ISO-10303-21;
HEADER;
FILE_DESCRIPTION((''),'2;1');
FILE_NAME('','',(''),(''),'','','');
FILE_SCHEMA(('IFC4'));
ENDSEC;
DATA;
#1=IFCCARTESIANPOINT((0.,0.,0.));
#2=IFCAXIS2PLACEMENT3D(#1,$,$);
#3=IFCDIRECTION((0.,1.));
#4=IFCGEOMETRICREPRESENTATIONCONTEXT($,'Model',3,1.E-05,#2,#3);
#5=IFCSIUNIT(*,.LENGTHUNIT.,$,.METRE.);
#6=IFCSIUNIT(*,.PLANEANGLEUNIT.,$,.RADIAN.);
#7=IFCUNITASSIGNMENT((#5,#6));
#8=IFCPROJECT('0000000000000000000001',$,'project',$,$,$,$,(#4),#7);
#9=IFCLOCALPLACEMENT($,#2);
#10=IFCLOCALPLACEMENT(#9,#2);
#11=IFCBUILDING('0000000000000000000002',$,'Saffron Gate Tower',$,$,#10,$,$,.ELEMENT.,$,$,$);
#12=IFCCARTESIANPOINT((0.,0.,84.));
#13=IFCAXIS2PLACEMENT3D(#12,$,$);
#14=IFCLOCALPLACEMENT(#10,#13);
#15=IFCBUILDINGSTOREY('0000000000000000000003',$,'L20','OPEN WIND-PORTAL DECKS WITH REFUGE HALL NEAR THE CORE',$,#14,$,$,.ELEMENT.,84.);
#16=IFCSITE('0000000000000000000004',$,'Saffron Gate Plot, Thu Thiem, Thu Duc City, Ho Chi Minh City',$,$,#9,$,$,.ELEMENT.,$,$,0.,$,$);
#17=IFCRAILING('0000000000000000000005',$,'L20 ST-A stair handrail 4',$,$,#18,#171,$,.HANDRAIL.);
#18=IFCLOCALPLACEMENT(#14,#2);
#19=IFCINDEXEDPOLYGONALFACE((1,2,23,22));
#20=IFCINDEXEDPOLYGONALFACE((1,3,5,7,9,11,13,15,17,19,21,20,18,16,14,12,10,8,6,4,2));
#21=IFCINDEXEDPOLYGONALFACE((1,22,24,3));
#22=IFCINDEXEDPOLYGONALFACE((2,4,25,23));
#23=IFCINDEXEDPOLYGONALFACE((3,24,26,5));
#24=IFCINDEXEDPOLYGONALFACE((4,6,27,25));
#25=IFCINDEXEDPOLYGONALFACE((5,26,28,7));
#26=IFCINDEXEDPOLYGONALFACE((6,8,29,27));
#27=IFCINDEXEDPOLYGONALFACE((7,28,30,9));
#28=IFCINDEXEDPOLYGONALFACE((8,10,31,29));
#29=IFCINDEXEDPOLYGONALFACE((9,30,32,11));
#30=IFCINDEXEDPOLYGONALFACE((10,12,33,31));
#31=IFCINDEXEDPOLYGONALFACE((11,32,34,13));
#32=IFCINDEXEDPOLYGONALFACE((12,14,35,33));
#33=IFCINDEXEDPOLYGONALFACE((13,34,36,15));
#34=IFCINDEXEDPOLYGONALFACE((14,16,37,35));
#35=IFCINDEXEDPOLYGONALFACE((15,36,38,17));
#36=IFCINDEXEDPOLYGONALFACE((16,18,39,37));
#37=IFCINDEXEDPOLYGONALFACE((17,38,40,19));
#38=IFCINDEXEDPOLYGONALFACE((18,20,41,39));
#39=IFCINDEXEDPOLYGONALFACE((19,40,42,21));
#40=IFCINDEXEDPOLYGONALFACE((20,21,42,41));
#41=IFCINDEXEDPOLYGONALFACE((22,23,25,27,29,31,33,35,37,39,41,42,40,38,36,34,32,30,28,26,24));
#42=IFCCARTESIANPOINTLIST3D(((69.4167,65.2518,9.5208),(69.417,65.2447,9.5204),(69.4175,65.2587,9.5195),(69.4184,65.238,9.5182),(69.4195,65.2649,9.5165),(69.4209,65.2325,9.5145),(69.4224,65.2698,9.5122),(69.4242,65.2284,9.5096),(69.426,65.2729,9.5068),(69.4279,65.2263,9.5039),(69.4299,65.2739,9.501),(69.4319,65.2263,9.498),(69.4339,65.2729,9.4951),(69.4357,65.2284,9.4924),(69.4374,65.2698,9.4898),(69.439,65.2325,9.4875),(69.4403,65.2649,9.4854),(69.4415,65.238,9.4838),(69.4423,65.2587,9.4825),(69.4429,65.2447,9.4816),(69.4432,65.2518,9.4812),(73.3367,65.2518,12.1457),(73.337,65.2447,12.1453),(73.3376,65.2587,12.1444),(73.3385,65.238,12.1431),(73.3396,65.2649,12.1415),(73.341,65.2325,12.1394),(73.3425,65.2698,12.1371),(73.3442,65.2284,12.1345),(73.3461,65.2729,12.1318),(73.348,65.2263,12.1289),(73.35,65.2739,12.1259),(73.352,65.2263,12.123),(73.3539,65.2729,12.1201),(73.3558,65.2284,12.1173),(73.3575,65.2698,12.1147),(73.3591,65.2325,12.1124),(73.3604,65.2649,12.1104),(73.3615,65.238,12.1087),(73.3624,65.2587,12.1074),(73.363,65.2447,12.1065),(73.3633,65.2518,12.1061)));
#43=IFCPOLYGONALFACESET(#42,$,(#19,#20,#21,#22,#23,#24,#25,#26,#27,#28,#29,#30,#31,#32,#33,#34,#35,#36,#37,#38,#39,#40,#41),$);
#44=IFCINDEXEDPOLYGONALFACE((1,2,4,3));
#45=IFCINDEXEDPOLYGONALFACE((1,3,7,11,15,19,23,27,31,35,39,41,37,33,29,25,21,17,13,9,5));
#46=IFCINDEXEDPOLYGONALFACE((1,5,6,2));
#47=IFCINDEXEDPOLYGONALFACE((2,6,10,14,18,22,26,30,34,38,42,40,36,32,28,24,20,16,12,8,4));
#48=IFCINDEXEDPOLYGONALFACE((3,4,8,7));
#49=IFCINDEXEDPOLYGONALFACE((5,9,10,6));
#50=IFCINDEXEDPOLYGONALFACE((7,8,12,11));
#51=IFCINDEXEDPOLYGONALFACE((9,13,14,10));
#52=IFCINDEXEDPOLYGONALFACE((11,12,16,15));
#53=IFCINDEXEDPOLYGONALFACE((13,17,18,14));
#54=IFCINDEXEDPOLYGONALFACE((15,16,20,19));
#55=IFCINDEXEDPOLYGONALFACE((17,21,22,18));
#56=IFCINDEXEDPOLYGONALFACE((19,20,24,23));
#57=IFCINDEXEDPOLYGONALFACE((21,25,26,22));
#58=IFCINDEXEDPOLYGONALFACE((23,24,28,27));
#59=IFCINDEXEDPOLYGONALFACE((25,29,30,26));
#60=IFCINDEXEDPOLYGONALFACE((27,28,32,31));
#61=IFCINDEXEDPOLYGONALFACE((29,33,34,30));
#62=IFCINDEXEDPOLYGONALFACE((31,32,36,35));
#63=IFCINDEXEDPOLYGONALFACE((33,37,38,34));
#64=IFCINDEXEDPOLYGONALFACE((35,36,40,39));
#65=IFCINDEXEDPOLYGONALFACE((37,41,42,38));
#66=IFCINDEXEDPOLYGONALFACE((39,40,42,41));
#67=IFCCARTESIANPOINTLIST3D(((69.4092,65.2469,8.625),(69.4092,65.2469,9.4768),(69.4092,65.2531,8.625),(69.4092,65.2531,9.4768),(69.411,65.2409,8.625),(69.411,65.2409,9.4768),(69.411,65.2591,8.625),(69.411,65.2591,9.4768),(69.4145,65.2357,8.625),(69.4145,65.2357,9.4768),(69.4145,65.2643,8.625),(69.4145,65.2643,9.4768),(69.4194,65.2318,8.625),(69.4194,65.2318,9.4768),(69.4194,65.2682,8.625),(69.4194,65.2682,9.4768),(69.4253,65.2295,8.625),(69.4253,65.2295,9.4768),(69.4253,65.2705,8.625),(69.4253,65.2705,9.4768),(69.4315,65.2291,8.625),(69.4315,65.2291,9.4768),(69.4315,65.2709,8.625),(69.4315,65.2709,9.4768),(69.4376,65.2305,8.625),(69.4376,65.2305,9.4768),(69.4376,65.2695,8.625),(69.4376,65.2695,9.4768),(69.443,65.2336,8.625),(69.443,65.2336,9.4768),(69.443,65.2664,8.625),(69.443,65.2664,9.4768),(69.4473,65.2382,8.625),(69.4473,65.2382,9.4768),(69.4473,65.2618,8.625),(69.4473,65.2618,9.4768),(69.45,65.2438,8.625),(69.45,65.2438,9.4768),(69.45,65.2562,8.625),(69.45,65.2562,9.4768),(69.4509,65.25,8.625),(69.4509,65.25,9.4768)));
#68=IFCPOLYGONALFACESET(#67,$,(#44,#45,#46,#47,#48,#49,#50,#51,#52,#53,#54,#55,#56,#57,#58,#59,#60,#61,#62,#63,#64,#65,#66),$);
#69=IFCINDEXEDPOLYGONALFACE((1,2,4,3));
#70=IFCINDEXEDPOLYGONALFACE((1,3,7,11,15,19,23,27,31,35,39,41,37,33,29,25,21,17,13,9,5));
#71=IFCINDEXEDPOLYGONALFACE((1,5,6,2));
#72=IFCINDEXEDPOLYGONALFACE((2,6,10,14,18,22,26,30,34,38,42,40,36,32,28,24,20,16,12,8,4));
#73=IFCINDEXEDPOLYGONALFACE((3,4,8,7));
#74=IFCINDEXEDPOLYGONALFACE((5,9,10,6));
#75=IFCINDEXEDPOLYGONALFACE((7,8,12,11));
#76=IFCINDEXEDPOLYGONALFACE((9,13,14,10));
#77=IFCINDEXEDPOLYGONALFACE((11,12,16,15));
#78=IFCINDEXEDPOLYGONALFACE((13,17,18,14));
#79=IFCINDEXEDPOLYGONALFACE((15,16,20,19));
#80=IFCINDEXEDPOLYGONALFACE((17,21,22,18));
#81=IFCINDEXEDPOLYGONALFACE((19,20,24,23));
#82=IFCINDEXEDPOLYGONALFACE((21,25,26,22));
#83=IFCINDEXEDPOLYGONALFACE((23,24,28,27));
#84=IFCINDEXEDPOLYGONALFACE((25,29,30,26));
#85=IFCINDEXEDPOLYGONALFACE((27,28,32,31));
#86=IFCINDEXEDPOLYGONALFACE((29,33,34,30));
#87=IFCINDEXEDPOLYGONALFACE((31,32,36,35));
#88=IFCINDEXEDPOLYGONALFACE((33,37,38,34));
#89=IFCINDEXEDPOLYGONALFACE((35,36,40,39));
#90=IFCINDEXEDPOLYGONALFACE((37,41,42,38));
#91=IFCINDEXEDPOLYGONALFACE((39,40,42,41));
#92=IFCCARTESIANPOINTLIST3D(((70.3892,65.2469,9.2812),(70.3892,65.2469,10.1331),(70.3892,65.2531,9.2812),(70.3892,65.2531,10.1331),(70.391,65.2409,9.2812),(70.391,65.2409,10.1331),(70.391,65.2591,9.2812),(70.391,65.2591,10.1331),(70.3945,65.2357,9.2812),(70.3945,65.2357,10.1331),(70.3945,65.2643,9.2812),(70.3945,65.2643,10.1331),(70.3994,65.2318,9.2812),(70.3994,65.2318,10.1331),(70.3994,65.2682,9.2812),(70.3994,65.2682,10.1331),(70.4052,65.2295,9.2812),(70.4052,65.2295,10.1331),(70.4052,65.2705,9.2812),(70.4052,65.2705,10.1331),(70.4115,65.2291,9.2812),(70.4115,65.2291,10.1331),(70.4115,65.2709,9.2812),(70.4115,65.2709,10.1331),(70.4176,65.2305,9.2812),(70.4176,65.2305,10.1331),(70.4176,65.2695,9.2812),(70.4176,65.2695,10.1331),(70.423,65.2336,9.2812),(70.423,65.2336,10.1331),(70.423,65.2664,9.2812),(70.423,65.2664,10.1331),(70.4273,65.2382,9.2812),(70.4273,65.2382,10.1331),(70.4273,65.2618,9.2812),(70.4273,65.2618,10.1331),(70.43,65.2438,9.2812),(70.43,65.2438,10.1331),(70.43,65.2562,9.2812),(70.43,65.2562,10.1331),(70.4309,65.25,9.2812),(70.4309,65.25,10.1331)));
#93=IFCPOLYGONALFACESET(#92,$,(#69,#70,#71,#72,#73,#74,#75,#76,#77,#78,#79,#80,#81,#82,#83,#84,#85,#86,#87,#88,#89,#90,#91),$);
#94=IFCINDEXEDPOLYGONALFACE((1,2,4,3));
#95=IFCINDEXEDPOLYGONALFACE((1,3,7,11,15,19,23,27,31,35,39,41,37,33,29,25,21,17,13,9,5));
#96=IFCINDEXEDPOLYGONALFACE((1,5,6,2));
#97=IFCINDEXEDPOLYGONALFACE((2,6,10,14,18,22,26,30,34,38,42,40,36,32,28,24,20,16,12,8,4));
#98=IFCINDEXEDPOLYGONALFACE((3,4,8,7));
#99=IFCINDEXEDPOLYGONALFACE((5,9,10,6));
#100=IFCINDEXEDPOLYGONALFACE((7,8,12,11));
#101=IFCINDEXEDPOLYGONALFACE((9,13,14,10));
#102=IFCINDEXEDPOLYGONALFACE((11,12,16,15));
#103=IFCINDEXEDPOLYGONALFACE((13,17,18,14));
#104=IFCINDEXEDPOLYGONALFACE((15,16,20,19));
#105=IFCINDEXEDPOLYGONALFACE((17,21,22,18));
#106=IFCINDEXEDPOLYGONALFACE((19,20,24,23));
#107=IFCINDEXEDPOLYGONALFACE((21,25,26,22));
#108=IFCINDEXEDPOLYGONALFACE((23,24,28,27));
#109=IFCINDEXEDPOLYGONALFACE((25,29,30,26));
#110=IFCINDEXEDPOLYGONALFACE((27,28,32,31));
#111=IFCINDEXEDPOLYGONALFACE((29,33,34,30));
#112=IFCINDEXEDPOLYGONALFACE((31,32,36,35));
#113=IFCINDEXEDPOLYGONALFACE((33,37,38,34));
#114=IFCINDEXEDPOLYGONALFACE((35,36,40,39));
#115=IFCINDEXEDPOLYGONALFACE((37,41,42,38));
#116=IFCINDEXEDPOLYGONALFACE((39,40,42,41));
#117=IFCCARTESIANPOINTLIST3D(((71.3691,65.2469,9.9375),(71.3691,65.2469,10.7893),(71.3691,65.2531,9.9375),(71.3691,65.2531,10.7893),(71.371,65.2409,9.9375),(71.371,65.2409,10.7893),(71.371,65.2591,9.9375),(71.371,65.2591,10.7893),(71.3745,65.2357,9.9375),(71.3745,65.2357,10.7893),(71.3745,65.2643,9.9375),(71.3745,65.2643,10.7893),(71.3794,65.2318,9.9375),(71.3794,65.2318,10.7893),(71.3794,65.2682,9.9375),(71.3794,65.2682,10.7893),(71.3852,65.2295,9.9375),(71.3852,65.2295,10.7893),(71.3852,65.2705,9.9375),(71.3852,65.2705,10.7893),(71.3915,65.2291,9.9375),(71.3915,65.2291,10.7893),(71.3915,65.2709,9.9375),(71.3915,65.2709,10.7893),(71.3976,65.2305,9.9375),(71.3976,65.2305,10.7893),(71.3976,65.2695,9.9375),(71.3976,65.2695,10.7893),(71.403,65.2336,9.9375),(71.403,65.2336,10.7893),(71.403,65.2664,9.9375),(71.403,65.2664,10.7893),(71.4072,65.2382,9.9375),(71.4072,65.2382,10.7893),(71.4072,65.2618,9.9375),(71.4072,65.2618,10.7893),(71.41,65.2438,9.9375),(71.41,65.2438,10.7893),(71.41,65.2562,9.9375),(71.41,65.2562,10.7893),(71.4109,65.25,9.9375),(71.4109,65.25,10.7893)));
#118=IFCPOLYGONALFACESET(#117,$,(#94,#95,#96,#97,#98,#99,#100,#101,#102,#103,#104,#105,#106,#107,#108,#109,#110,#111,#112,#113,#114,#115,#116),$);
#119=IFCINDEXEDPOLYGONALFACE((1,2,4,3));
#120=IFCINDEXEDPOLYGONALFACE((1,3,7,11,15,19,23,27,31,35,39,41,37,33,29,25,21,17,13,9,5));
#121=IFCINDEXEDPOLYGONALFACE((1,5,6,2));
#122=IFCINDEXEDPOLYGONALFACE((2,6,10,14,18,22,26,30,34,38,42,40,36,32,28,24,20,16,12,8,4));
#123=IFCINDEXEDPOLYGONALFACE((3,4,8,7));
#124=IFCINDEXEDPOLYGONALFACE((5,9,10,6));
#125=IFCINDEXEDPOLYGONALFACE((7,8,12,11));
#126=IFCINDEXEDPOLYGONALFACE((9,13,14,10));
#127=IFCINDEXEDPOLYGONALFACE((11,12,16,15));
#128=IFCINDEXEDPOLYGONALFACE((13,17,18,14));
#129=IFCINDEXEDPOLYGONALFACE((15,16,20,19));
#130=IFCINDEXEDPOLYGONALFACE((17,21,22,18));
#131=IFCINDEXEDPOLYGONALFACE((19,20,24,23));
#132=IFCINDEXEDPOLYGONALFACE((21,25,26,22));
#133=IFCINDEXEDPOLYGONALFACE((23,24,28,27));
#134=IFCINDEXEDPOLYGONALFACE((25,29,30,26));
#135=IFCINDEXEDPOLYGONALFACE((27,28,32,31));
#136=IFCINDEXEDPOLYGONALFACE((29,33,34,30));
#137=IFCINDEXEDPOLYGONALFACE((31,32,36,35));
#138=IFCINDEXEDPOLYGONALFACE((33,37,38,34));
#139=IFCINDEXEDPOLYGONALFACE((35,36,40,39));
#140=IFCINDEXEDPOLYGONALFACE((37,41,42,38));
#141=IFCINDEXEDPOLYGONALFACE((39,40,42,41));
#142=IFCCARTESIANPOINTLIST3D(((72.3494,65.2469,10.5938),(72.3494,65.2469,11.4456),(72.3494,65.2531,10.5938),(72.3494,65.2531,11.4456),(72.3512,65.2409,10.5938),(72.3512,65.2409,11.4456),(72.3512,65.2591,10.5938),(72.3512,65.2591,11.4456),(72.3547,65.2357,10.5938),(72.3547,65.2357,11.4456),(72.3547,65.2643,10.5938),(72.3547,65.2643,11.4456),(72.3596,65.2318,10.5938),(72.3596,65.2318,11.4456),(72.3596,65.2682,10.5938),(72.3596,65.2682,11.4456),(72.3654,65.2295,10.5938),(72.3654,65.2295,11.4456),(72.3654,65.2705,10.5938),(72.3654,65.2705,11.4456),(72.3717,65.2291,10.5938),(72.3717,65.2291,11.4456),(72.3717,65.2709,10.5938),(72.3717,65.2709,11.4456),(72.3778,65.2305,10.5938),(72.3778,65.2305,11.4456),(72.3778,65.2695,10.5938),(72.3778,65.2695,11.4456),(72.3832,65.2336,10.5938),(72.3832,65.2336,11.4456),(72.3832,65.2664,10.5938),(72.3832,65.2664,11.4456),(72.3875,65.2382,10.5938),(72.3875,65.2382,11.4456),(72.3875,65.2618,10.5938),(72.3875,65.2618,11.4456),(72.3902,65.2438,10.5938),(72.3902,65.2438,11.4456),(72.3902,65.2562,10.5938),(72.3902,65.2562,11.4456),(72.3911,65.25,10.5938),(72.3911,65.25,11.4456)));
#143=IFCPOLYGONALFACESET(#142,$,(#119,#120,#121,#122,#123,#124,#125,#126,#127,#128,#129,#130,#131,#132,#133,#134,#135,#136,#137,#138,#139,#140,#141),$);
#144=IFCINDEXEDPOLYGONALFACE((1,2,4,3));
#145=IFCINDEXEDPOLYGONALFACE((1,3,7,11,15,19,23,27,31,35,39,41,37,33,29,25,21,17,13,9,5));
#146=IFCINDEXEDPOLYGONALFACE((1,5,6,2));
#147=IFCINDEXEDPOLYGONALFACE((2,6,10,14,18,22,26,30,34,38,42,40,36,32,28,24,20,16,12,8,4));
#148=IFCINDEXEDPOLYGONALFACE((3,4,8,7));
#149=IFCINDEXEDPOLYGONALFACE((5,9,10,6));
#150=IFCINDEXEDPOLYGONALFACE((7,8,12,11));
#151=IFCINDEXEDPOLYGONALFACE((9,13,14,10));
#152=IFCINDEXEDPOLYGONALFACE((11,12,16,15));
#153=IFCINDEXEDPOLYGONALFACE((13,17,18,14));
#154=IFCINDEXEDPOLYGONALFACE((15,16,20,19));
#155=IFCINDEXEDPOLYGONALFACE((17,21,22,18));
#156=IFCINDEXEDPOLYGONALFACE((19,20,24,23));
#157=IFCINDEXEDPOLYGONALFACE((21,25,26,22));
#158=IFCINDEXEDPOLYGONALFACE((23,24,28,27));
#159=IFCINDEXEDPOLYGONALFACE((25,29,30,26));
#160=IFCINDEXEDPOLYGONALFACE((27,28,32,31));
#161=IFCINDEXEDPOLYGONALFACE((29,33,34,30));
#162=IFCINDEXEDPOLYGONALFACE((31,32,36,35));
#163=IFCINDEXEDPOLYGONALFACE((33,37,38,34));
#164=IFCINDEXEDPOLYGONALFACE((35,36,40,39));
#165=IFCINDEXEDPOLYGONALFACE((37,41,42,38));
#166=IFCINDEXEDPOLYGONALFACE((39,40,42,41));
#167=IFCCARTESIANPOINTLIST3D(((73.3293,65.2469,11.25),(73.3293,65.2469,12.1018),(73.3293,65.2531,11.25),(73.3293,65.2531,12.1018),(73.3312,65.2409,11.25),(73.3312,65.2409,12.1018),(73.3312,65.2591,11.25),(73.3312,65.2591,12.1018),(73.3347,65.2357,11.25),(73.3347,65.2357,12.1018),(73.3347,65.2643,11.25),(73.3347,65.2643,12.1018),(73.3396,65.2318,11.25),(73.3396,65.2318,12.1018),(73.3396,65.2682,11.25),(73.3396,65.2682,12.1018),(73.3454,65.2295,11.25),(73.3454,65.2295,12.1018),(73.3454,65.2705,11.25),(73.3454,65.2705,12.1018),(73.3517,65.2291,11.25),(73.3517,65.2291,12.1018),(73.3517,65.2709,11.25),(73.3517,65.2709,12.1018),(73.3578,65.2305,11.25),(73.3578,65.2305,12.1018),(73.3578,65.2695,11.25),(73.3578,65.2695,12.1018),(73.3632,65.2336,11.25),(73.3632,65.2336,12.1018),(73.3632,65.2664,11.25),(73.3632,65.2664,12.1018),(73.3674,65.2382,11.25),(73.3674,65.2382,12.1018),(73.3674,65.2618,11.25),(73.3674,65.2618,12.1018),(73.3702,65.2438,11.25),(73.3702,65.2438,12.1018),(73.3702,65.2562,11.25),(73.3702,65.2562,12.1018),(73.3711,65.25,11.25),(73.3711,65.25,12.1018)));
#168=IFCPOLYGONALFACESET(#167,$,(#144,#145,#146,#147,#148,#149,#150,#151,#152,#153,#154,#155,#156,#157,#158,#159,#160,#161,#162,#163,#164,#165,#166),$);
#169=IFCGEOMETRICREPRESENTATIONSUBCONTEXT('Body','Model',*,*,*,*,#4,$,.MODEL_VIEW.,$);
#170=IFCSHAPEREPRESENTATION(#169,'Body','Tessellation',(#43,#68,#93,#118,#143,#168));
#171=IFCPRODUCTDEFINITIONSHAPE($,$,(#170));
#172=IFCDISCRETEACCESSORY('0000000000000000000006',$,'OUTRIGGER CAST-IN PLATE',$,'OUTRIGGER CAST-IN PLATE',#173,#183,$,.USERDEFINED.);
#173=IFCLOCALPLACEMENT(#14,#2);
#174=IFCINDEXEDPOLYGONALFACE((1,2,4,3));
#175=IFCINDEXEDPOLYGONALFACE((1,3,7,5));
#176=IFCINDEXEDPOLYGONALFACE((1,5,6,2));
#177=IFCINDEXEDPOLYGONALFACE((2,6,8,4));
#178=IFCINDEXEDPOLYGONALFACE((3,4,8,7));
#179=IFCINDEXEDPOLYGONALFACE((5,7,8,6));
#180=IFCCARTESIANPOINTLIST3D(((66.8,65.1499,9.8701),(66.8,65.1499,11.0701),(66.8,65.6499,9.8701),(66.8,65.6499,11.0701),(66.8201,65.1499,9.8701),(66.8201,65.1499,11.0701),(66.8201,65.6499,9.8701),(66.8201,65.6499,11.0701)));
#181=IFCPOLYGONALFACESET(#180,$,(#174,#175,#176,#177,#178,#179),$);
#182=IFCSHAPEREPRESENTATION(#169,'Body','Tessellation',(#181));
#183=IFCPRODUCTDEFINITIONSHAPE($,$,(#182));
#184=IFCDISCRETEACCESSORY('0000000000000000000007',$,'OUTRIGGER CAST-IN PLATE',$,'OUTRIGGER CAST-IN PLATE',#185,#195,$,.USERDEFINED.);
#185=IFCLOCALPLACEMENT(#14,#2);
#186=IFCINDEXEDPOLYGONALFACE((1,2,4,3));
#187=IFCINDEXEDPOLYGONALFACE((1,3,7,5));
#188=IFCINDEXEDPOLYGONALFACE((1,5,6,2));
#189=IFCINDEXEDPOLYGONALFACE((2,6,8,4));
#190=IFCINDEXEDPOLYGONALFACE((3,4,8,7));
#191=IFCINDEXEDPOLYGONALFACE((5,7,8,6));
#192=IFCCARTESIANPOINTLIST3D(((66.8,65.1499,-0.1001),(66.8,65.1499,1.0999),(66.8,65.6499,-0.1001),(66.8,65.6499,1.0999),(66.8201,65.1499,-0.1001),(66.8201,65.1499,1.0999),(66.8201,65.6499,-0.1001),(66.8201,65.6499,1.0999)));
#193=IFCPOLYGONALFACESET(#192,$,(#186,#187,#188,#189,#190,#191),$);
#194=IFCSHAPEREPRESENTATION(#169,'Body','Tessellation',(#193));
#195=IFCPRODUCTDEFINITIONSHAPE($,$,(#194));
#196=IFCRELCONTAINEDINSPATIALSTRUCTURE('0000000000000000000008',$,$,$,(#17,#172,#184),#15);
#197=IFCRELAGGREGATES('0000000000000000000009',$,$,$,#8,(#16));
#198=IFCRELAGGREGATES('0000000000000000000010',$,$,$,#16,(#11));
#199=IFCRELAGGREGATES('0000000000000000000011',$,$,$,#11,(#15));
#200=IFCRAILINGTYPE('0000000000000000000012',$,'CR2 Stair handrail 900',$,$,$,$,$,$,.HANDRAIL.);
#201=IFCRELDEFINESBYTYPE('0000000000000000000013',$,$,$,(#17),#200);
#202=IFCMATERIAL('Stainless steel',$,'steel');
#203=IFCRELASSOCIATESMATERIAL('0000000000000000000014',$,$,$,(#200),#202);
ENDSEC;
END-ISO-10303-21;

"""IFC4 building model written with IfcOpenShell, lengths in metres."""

from ifc_helpers import new_model, si_unit, direction, frame, origin, origin_2d, place, context, subcontext, project, spatial, rectangle, circle, extrude, material, type_object, element, save


model = new_model("IFC4")

# Units and contexts
model_context = context("Model", 3, precision=1e-05, world=origin(), true_north=direction((0.0, 1.0)))
body_context = subcontext(model_context, "Body", "Model", "MODEL_VIEW")
ifc_project = project(units=[si_unit("LENGTHUNIT", "METRE"), si_unit("PLANEANGLEUNIT", "RADIAN")], contexts=[model_context])

# Site, building, storey
site_placement = place(None, origin())
site = spatial("IfcSite", under=ifc_project, at=site_placement, Name="Saffron Gate Plot, Thu Thiem, Thu Duc City, Ho Chi Minh City", CompositionType="ELEMENT", RefElevation=0.0)
building_placement = place(site_placement, origin())
building = spatial("IfcBuilding", under=site, at=building_placement, Name="Saffron Gate Tower", CompositionType="ELEMENT")
storey_placement = place(building_placement, frame((0.0, 0.0, 84.0)))
storey = spatial("IfcBuildingStorey", under=building, at=storey_placement, Name="L20", Description="OPEN WIND-PORTAL DECKS WITH REFUGE HALL NEAR THE CORE", CompositionType="ELEMENT", Elevation=84.0)

# Railing
ifc_material_1 = material(Name="Stainless steel", Category="steel")
railing_type = type_object("IfcRailingType", Name="CR2 Stair handrail 900", PredefinedType="HANDRAIL", material=ifc_material_1)
for number, where, name in (
    (1, (69.4299, 65.25, 8.625), "L20 ST-A stair handrail 4"),
):
    element("IfcRailing", number, at=place(storey_placement, frame(where)), inside=storey, type_object=railing_type, Name=name, PredefinedType="HANDRAIL", context=body_context, shape_type="SweptSolid", body=[
        extrude(circle(Radius=0.0239, at=origin_2d()), frame((0.0, 0.0, 0.876), z_axis=(0.830918, 0.0, 0.556395), x_axis=(0.0, 1.0, 0.0)), (0.0, 0.0, 1.0), 4.7178),
        extrude(circle(Radius=0.021, at=origin_2d()), origin(), (0.0, 0.0, 1.0), 0.8518),
        extrude(circle(Radius=0.021, at=origin_2d()), frame((0.98, 0.0, 0.6562)), (0.0, 0.0, 1.0), 0.8518),
        extrude(circle(Radius=0.021, at=origin_2d()), frame((1.96, 0.0, 1.3125)), (0.0, 0.0, 1.0), 0.8518),
        extrude(circle(Radius=0.021, at=origin_2d()), frame((2.9402, 0.0, 1.9688)), (0.0, 0.0, 1.0), 0.8518),
        extrude(circle(Radius=0.021, at=origin_2d()), frame((3.9202, 0.0, 2.625)), (0.0, 0.0, 1.0), 0.8518),
    ])

# Discrete accessories
for number, where, z_axis, x_axis, name in (
    (2, (66.8101, 65.3999, 9.8701), (0.0, 0.0, 1.0), (1.0, 0.0, 0.0), "OUTRIGGER CAST-IN PLATE"),
    (3, (66.8101, 65.3999, -0.1001), (0.0, 0.0, 1.0), (1.0, 0.0, 0.0), "OUTRIGGER CAST-IN PLATE"),
):
    element("IfcDiscreteAccessory", number, at=place(storey_placement, frame(where, z_axis=z_axis, x_axis=x_axis)), inside=storey, Name=name, ObjectType="OUTRIGGER CAST-IN PLATE", PredefinedType="USERDEFINED", context=body_context, shape_type="SweptSolid", body=[
        extrude(rectangle(XDim=0.02, YDim=0.5, at=origin_2d()), origin(), (0.0, 0.0, 1.0), 1.2),
    ])

save(model, "model.ifc")
